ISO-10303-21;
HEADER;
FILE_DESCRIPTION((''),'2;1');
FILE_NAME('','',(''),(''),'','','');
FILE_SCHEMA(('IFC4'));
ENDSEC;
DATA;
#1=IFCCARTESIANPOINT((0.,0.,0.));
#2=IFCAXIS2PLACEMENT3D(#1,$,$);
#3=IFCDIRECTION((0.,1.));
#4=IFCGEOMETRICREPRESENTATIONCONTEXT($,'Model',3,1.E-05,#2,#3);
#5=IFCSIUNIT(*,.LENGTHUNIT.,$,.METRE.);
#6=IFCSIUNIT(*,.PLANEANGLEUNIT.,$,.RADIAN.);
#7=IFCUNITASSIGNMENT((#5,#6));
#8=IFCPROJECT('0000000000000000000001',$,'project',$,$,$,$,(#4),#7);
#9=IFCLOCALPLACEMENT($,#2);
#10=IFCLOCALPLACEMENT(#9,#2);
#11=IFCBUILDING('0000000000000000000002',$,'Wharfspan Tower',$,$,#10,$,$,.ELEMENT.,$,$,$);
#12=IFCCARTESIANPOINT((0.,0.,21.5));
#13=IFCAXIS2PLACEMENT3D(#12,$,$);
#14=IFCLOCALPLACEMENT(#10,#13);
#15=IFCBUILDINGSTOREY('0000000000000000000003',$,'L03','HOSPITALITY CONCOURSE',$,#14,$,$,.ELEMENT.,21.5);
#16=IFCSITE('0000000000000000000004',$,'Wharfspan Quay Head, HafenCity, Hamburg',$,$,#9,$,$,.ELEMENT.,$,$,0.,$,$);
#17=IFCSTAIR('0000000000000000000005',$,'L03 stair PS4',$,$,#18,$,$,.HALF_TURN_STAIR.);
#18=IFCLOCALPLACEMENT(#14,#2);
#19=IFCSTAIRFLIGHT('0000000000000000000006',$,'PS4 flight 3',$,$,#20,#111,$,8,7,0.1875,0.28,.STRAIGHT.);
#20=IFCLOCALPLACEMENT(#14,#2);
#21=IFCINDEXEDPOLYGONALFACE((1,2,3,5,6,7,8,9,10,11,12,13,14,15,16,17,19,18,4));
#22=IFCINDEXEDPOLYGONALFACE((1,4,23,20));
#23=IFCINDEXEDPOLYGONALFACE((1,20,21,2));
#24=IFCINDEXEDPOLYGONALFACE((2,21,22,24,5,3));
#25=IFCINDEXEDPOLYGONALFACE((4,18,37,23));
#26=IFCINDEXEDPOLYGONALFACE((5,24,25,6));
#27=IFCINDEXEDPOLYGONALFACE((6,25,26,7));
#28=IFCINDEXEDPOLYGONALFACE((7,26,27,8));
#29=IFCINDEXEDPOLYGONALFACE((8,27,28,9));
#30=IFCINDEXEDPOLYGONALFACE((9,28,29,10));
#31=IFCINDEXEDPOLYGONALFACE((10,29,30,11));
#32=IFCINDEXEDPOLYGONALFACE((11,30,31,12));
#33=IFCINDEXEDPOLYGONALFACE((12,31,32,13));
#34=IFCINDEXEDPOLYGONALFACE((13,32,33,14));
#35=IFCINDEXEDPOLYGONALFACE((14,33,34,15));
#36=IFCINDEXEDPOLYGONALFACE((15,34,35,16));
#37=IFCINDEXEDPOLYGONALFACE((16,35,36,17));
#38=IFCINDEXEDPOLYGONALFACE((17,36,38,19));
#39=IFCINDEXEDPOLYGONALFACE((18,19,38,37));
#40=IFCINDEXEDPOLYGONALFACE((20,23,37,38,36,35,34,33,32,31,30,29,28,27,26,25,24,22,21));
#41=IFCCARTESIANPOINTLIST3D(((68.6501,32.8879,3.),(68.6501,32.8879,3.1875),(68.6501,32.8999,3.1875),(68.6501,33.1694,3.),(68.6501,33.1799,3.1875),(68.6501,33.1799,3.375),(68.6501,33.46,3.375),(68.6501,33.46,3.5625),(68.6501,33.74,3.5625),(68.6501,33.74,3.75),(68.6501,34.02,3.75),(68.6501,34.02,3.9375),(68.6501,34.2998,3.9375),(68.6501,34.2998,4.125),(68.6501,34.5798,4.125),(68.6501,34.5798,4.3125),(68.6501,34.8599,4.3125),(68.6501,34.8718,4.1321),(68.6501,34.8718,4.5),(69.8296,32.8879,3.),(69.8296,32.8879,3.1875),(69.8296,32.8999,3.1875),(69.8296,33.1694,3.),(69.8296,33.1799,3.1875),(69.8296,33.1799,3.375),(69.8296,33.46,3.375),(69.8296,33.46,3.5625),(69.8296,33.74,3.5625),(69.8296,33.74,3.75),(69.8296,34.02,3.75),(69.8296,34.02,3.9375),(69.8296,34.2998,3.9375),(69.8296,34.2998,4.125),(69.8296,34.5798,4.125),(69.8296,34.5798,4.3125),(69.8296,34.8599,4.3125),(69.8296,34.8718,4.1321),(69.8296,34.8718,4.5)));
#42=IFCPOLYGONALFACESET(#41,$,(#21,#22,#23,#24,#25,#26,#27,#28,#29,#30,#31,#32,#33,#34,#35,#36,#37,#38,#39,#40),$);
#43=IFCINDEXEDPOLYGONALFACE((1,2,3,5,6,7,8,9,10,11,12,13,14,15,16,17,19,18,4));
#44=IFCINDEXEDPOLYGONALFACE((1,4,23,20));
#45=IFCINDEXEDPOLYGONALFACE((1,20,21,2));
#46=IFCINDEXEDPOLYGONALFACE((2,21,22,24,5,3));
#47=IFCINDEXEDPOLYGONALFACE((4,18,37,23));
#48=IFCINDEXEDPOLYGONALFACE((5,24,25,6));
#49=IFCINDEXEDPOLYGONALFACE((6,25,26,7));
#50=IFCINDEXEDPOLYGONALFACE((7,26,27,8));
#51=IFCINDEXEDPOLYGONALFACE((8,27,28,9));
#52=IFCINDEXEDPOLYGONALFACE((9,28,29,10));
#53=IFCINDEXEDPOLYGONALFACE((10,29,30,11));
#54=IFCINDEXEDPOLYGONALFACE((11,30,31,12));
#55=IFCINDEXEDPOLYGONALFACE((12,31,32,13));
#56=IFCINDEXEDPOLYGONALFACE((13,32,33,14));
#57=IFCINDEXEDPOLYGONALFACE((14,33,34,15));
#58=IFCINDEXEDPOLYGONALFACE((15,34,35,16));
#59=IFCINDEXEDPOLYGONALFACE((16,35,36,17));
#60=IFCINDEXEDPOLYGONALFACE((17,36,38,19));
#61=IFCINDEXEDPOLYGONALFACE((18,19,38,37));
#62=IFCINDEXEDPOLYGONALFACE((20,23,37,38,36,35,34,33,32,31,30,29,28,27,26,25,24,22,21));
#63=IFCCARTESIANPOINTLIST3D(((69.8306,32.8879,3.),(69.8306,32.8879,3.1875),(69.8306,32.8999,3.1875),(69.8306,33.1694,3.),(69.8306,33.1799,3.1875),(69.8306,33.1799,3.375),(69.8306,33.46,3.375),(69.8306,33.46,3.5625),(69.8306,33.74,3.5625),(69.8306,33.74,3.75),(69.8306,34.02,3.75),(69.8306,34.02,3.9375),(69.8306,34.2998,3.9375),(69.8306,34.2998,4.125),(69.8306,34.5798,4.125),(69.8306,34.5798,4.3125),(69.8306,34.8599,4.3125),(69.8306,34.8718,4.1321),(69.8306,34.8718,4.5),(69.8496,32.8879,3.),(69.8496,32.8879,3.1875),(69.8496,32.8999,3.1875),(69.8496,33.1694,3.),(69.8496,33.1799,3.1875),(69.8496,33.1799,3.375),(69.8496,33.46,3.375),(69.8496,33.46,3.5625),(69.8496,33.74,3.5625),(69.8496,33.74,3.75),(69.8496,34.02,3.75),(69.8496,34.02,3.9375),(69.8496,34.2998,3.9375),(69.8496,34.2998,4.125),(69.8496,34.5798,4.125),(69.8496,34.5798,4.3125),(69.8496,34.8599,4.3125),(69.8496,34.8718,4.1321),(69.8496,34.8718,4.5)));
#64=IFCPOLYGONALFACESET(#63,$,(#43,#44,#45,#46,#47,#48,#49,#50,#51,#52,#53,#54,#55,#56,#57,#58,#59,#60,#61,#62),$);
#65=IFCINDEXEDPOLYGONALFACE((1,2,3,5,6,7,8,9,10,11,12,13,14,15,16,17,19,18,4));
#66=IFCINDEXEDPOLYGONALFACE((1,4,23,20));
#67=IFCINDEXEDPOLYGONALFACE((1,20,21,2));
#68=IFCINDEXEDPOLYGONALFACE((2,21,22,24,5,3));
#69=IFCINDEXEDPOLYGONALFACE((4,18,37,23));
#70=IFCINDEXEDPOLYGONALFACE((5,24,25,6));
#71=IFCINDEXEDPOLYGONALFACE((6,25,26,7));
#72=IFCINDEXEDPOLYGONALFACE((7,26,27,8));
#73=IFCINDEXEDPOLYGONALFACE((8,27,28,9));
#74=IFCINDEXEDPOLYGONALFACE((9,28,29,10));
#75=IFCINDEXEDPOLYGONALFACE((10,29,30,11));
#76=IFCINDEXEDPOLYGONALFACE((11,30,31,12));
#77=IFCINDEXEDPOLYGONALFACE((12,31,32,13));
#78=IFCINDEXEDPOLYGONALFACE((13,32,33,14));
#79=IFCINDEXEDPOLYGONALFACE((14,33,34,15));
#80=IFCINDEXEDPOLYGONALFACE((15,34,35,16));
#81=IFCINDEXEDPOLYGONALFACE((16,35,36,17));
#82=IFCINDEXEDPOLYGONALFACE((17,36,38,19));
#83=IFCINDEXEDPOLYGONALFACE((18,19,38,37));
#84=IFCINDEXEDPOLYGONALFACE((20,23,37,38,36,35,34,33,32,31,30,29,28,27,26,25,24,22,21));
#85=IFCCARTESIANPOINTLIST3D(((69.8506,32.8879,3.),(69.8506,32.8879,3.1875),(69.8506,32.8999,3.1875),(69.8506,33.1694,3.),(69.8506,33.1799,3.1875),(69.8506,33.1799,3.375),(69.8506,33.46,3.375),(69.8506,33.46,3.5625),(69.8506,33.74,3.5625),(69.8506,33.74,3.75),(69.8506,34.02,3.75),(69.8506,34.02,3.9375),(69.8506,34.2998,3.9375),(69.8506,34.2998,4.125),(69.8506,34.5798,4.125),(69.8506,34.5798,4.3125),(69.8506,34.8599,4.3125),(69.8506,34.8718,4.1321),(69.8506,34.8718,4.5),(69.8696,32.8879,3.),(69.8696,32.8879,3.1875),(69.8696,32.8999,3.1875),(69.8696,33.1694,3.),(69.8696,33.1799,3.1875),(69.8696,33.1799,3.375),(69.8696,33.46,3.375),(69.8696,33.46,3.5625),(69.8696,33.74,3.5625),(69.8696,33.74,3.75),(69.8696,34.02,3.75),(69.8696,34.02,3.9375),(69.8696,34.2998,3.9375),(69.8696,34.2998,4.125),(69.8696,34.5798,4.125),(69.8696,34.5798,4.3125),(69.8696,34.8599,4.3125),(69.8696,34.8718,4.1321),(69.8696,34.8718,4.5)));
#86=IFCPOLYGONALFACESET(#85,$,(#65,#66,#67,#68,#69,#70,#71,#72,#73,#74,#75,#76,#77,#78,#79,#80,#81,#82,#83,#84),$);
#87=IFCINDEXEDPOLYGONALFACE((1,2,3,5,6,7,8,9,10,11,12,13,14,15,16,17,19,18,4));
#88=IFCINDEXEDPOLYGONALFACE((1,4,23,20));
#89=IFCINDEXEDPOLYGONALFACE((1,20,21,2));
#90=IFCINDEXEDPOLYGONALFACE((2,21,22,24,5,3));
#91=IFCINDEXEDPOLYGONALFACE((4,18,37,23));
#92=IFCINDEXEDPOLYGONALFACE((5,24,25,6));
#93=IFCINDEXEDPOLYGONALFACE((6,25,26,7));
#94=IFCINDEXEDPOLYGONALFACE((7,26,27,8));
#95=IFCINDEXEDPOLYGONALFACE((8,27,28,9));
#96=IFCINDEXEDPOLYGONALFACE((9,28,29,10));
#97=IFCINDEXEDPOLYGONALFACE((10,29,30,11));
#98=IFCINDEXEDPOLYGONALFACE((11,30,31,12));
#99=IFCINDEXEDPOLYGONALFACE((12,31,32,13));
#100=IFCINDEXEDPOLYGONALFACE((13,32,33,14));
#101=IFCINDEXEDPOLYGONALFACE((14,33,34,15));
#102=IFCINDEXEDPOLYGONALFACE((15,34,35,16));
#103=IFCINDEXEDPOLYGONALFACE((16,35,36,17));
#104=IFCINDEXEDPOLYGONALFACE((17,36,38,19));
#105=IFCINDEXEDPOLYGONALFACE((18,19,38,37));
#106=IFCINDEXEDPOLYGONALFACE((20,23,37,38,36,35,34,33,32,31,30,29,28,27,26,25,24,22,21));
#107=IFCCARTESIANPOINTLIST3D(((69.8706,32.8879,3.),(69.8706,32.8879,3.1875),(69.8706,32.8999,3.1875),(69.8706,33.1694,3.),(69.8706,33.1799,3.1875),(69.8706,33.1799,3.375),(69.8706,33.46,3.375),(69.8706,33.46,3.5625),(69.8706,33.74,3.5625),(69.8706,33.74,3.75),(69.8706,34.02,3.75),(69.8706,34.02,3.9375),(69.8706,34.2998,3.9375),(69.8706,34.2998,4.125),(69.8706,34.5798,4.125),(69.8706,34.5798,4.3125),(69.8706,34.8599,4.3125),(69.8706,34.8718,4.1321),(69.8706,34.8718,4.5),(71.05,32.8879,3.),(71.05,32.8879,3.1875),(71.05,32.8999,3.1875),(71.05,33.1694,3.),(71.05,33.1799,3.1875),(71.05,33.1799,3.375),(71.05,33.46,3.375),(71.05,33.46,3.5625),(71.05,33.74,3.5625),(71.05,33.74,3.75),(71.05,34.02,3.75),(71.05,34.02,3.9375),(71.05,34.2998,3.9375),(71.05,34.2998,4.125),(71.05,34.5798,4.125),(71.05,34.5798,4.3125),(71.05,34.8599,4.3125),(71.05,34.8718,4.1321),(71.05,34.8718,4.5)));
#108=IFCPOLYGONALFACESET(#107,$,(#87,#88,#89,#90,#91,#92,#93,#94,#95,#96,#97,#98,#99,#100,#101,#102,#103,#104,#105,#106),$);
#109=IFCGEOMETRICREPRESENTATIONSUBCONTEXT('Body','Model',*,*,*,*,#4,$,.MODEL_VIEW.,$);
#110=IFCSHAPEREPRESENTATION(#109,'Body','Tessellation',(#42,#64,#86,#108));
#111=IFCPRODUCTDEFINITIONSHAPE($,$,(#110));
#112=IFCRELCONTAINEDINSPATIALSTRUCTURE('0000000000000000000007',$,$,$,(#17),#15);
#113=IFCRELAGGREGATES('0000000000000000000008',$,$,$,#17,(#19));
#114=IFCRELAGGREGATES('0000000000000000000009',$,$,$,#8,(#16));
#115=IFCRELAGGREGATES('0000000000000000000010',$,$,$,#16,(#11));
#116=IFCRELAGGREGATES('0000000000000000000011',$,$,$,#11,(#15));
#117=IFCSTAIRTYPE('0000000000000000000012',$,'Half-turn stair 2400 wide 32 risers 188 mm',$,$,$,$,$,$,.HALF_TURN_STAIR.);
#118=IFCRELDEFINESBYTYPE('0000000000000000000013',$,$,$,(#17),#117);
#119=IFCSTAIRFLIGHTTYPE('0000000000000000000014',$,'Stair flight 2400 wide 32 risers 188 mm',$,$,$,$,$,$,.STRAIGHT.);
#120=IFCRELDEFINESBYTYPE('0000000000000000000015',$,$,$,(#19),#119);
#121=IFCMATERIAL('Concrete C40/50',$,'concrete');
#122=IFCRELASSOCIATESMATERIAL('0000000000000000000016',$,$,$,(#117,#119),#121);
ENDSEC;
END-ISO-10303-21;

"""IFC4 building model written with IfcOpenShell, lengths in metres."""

from ifc_helpers import new_model, si_unit, direction, frame, origin, place, context, subcontext, project, spatial, polyline, outline, extrude, material, type_object, element, aggregate, save


model = new_model("IFC4")

# Units and contexts
model_context = context("Model", 3, precision=1e-05, world=origin(), true_north=direction((0.0, 1.0)))
body_context = subcontext(model_context, "Body", "Model", "MODEL_VIEW")
ifc_project = project(units=[si_unit("LENGTHUNIT", "METRE"), si_unit("PLANEANGLEUNIT", "RADIAN")], contexts=[model_context])

# Site, building, storey
site_placement = place(None, origin())
site = spatial("IfcSite", under=ifc_project, at=site_placement, Name="Wharfspan Quay Head, HafenCity, Hamburg", CompositionType="ELEMENT", RefElevation=0.0)
building_placement = place(site_placement, origin())
building = spatial("IfcBuilding", under=site, at=building_placement, Name="Wharfspan Tower", CompositionType="ELEMENT")
storey_placement = place(building_placement, frame((0.0, 0.0, 21.5)))
storey = spatial("IfcBuildingStorey", under=building, at=storey_placement, Name="L03", Description="HOSPITALITY CONCOURSE", CompositionType="ELEMENT", Elevation=21.5)

# Shared definitions
ifc_material_1 = material(Name="Concrete C40/50", Category="concrete")

# Stair, stair flight
stair_type = type_object("IfcStairType", Name="Half-turn stair 2400 wide 32 risers 188 mm", PredefinedType="HALF_TURN_STAIR", material=ifc_material_1)
stair_placement = place(storey_placement, origin())
stair = element("IfcStair", 1, at=stair_placement, inside=storey, type_object=stair_type, Name="L03 stair PS4", PredefinedType="HALF_TURN_STAIR")
stair_flight_type = type_object("IfcStairFlightType", Name="Stair flight 2400 wide 32 risers 188 mm", PredefinedType="STRAIGHT", material=ifc_material_1)
stair_flight_1_placement = place(storey_placement, frame((69.8501, 32.8999, 3.0), z_axis=(0.0, 0.0, 1.0), x_axis=(0.0, 1.0, 0.0)))
stair_flight_1 = element("IfcStairFlight", 2, at=stair_flight_1_placement, type_object=stair_flight_type, Name="PS4 flight 3", NumberOfRisers=8, NumberOfTreads=7, PredefinedType="STRAIGHT", RiserHeight=0.1875, TreadLength=0.28, context=body_context, shape_type="SweptSolid", body=[
    extrude(outline(polyline([(-0.012, 0.0), (-0.012, 0.1875), (0.0, 0.1875), (0.28, 0.1875), (0.28, 0.375), (0.5601, 0.375), (0.5601, 0.5625), (0.8401, 0.5625), (0.8401, 0.75), (1.1201, 0.75), (1.1201, 0.9375), (1.3999, 0.9375), (1.3999, 1.125), (1.6799, 1.125), (1.6799, 1.3125), (1.96, 1.3125), (1.9719, 1.5), (1.9719, 1.1321), (0.2695, 0.0), (-0.012, 0.0)])), frame((0.0, 1.2, 0.0), z_axis=(0.0, -1.0, 0.0), x_axis=(1.0, 0.0, 0.0)), (0.0, 0.0, 1.0), 1.1794),
    extrude(outline(polyline([(-0.012, 0.0), (-0.012, 0.1875), (0.0, 0.1875), (0.28, 0.1875), (0.28, 0.375), (0.5601, 0.375), (0.5601, 0.5625), (0.8401, 0.5625), (0.8401, 0.75), (1.1201, 0.75), (1.1201, 0.9375), (1.3999, 0.9375), (1.3999, 1.125), (1.6799, 1.125), (1.6799, 1.3125), (1.96, 1.3125), (1.9719, 1.5), (1.9719, 1.1321), (0.2695, 0.0), (-0.012, 0.0)])), frame((0.0, 0.0195, 0.0), z_axis=(0.0, -1.0, 0.0), x_axis=(1.0, 0.0, 0.0)), (0.0, 0.0, 1.0), 0.019),
    extrude(outline(polyline([(-0.012, 0.0), (-0.012, 0.1875), (0.0, 0.1875), (0.28, 0.1875), (0.28, 0.375), (0.5601, 0.375), (0.5601, 0.5625), (0.8401, 0.5625), (0.8401, 0.75), (1.1201, 0.75), (1.1201, 0.9375), (1.3999, 0.9375), (1.3999, 1.125), (1.6799, 1.125), (1.6799, 1.3125), (1.96, 1.3125), (1.9719, 1.5), (1.9719, 1.1321), (0.2695, 0.0), (-0.012, 0.0)])), frame((0.0, -0.0005, 0.0), z_axis=(0.0, -1.0, 0.0), x_axis=(1.0, 0.0, 0.0)), (0.0, 0.0, 1.0), 0.019),
    extrude(outline(polyline([(-0.012, 0.0), (-0.012, 0.1875), (0.0, 0.1875), (0.28, 0.1875), (0.28, 0.375), (0.5601, 0.375), (0.5601, 0.5625), (0.8401, 0.5625), (0.8401, 0.75), (1.1201, 0.75), (1.1201, 0.9375), (1.3999, 0.9375), (1.3999, 1.125), (1.6799, 1.125), (1.6799, 1.3125), (1.96, 1.3125), (1.9719, 1.5), (1.9719, 1.1321), (0.2695, 0.0), (-0.012, 0.0)])), frame((0.0, -0.0205, 0.0), z_axis=(0.0, -1.0, 0.0), x_axis=(1.0, 0.0, 0.0)), (0.0, 0.0, 1.0), 1.1794),
])
aggregate(stair, [stair_flight_1])

save(model, "model.ifc")
